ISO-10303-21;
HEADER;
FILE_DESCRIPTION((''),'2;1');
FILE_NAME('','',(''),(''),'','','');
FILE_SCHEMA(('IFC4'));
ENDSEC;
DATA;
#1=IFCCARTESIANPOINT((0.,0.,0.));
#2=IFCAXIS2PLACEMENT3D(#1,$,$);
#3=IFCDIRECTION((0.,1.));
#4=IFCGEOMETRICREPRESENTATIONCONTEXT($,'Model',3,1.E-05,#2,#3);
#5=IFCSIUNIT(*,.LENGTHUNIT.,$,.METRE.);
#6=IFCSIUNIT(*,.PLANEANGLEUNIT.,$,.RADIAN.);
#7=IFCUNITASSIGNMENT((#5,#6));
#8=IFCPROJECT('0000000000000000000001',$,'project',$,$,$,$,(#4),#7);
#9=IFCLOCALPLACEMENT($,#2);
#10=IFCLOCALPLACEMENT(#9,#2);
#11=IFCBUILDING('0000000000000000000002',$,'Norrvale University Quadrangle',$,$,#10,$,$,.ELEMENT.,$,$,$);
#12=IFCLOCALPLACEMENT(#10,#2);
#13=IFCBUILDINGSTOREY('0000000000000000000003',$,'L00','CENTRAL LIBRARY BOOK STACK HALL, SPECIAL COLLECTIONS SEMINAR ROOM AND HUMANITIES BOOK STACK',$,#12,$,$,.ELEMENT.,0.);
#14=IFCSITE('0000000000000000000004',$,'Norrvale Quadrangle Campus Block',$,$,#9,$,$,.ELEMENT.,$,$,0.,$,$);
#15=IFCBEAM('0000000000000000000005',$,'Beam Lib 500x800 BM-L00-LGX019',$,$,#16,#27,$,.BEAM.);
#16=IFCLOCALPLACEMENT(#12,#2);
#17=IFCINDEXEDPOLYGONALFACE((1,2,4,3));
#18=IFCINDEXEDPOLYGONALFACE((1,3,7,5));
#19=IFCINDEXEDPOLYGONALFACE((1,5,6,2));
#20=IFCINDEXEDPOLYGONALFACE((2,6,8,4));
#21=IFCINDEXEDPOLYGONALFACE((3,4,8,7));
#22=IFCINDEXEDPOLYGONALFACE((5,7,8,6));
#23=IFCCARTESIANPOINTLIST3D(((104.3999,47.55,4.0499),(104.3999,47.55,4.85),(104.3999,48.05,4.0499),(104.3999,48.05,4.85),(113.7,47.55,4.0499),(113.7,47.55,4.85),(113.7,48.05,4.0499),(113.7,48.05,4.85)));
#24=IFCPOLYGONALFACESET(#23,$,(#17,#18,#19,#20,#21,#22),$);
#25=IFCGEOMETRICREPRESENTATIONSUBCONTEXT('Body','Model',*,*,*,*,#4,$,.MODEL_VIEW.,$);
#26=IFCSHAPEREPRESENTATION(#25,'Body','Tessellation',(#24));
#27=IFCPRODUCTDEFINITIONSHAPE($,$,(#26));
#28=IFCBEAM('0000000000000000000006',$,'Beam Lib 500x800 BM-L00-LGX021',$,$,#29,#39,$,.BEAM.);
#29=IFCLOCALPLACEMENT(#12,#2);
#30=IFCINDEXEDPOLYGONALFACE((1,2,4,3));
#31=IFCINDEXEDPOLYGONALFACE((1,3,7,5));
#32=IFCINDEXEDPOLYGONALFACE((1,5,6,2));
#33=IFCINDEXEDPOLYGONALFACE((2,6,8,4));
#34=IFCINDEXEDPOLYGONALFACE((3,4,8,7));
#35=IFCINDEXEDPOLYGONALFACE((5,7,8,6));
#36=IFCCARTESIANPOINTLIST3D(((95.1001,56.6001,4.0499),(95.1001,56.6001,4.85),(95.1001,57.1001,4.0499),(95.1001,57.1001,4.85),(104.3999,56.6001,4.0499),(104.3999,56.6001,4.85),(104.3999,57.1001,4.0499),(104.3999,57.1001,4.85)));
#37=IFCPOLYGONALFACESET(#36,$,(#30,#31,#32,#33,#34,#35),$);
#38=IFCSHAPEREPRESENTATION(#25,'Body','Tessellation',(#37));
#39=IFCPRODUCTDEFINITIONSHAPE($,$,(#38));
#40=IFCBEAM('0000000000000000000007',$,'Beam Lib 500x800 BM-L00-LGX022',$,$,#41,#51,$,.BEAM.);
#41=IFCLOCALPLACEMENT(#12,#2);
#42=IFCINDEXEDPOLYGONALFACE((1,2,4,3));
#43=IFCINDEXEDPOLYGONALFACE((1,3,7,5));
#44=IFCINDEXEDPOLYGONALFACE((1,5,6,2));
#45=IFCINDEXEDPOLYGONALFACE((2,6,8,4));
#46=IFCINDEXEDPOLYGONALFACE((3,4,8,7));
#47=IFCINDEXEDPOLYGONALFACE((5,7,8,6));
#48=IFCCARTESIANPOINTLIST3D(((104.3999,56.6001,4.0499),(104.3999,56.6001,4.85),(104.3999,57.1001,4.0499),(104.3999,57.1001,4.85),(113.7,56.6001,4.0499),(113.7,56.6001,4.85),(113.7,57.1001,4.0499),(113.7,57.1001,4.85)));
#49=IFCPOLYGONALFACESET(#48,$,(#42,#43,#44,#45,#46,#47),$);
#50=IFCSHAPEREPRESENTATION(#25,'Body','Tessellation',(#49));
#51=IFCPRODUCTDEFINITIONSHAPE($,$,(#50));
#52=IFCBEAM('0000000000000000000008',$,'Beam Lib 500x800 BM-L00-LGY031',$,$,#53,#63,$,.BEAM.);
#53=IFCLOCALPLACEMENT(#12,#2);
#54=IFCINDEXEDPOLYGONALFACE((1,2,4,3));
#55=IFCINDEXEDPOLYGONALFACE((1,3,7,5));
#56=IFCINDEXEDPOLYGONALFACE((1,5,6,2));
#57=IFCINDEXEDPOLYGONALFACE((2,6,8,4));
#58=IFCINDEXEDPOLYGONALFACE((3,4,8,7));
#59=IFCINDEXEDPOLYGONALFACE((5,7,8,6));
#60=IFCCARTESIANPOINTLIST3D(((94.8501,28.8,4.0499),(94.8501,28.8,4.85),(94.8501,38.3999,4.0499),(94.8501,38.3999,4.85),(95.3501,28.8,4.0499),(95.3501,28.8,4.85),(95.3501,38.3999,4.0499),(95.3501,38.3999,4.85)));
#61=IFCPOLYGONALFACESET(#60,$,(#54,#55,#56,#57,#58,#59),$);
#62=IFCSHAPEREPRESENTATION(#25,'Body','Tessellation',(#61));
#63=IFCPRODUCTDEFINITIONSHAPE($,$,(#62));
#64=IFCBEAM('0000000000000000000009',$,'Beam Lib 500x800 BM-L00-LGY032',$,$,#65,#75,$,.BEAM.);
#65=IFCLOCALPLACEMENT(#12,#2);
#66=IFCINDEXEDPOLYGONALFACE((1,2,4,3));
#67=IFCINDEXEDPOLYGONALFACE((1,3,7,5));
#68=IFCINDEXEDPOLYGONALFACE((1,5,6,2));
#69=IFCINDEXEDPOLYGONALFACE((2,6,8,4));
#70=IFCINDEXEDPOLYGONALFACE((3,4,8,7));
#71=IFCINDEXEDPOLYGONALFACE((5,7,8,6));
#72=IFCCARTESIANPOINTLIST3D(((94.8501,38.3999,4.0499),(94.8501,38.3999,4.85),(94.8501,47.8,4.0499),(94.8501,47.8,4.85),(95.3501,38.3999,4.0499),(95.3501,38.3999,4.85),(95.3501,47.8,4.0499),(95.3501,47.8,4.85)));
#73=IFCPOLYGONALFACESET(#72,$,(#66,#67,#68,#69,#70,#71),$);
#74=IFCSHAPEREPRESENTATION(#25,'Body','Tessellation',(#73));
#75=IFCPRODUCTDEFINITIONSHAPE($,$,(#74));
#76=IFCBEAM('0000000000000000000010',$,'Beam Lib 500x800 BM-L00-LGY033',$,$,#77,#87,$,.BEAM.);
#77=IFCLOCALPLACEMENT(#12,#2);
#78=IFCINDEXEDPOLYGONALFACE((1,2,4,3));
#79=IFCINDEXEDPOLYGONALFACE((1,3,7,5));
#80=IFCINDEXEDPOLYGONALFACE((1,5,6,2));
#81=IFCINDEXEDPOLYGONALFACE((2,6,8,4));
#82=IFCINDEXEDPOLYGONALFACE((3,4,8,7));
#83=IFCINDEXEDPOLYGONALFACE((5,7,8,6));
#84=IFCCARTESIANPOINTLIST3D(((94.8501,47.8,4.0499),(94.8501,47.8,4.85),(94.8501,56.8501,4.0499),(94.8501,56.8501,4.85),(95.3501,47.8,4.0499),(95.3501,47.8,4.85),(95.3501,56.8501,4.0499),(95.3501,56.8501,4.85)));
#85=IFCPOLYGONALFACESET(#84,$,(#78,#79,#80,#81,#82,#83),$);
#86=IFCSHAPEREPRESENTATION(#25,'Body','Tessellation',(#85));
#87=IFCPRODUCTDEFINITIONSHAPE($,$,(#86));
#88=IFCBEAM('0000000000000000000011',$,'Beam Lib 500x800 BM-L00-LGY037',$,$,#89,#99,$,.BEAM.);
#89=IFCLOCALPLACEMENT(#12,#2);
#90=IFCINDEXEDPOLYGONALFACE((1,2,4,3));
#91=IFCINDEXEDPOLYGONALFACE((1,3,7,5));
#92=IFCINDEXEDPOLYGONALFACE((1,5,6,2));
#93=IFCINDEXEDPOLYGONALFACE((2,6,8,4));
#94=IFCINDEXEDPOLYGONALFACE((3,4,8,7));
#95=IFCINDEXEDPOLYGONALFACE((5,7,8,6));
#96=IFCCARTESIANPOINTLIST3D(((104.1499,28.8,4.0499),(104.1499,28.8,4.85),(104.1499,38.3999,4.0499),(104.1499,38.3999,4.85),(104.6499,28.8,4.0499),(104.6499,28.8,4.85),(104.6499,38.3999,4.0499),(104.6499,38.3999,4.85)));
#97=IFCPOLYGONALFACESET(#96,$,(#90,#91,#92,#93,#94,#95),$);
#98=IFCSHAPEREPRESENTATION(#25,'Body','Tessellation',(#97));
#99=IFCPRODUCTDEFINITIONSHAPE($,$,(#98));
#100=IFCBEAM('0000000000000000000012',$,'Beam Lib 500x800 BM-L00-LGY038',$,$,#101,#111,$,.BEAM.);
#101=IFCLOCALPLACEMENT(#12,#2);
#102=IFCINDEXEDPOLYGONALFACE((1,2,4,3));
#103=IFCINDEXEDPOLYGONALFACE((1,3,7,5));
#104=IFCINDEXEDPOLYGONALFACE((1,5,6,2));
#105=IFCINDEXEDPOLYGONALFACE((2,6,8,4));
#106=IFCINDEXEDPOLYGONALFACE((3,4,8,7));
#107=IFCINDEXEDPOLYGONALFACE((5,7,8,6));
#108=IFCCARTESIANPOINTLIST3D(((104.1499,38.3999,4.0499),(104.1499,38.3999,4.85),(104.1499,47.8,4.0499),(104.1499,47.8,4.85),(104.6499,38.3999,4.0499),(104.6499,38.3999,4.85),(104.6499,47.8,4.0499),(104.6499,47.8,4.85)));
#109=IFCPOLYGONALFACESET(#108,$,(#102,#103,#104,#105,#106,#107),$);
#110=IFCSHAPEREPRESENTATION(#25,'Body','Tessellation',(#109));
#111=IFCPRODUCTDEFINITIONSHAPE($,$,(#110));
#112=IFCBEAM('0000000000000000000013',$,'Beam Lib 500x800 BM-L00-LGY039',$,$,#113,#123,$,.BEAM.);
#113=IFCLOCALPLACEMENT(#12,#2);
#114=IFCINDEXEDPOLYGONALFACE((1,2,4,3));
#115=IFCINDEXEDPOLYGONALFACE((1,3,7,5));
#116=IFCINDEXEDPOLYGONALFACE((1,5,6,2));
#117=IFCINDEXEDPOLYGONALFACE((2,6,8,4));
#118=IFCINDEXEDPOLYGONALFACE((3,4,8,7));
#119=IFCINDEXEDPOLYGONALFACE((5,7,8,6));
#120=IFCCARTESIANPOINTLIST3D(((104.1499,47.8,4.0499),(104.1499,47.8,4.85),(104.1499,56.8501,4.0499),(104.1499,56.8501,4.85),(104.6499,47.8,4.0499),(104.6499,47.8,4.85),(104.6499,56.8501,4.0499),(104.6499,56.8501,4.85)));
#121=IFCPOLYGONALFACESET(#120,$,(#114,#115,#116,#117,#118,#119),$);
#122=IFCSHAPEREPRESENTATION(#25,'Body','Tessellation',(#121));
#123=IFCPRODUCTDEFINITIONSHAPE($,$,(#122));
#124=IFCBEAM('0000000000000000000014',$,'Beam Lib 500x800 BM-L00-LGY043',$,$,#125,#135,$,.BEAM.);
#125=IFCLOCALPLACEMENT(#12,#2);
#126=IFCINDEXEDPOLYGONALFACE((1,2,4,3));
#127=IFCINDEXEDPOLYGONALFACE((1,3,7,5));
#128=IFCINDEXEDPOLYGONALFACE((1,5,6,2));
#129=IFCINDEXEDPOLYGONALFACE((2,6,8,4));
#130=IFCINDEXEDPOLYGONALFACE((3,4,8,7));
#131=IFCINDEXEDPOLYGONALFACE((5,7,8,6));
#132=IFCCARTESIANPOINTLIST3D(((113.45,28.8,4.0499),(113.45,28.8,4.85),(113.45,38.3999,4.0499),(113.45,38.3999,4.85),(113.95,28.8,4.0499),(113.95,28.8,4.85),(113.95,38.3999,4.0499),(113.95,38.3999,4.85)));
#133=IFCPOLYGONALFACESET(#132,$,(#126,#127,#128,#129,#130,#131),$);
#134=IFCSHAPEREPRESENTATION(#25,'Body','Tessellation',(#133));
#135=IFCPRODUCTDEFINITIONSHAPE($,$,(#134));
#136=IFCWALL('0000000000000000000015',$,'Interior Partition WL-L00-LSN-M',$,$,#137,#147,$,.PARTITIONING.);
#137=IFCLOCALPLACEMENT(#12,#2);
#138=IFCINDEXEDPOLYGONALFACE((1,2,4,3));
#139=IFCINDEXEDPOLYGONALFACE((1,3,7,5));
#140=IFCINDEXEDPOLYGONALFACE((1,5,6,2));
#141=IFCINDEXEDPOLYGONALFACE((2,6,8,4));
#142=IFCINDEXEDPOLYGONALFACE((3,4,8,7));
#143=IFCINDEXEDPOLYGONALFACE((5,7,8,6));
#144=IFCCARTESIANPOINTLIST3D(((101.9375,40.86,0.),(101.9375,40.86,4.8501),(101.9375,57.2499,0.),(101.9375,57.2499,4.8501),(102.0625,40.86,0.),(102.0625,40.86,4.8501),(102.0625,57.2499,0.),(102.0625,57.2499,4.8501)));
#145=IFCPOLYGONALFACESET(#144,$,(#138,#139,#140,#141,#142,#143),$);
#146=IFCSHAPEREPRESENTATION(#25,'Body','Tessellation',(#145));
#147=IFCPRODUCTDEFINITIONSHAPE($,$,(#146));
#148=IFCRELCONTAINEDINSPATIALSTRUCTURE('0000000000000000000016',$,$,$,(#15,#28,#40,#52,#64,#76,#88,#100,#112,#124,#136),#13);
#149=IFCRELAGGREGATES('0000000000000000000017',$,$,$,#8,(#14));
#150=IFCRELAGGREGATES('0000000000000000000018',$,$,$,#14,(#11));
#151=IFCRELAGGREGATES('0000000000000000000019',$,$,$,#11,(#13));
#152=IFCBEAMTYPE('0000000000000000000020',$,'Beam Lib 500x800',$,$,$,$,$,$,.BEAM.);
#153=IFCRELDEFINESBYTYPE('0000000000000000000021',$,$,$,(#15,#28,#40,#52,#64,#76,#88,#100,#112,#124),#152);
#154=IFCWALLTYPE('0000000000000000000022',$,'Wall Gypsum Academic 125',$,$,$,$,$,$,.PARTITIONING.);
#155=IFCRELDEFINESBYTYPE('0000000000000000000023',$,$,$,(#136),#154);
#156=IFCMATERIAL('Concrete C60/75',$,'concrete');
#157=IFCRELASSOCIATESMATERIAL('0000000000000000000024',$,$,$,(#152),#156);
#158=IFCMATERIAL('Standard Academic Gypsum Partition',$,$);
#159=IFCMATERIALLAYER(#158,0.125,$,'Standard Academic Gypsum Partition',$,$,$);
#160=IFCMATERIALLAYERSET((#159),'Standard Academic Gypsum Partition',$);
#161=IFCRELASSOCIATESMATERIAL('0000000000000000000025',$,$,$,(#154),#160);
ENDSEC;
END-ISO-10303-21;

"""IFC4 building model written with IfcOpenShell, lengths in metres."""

from ifc_helpers import new_model, si_unit, direction, frame, frame_2d, origin, origin_2d, place, context, subcontext, project, spatial, rectangle, extrude, material, layer, layer_set, material_profile, profile_set, type_object, element, save


model = new_model("IFC4")

# Units and contexts
model_context = context("Model", 3, precision=1e-05, world=origin(), true_north=direction((0.0, 1.0)))
body_context = subcontext(model_context, "Body", "Model", "MODEL_VIEW")
ifc_project = project(units=[si_unit("LENGTHUNIT", "METRE"), si_unit("PLANEANGLEUNIT", "RADIAN")], contexts=[model_context])

# Site, building, storey
site_placement = place(None, origin())
site = spatial("IfcSite", under=ifc_project, at=site_placement, Name="Norrvale Quadrangle Campus Block", CompositionType="ELEMENT", RefElevation=0.0)
building_placement = place(site_placement, origin())
building = spatial("IfcBuilding", under=site, at=building_placement, Name="Norrvale University Quadrangle", CompositionType="ELEMENT")
storey_placement = place(building_placement, origin())
storey = spatial("IfcBuildingStorey", under=building, at=storey_placement, Name="L00", Description="CENTRAL LIBRARY BOOK STACK HALL, SPECIAL COLLECTIONS SEMINAR ROOM AND HUMANITIES BOOK STACK", CompositionType="ELEMENT", Elevation=0.0)

# Shared definitions
ifc_material_1 = material(Name="Concrete C60/75", Category="concrete")

# Beams
ifc_material_profile_1 = material_profile(ifc_material_1, rectangle(XDim=0.5, YDim=0.8, at=origin_2d()), Name="Concrete C60/75")
ifc_profile_set_1 = profile_set([ifc_material_profile_1], Name="Concrete C60/75")
beam_type_1 = type_object("IfcBeamType", Name="Beam Lib 500x800", PredefinedType="BEAM", material=ifc_profile_set_1)
beam_1_placement = place(storey_placement, frame((104.3999, 47.8, 4.45), z_axis=(1.0, 0.0, 0.0), x_axis=(0.0, 1.0, 0.0)))
element("IfcBeam", 1, at=beam_1_placement, inside=storey, type_object=beam_type_1, Name="Beam Lib 500x800 BM-L00-LGX019", PredefinedType="BEAM", context=body_context, shape_type="SweptSolid", body=[
    extrude(rectangle(XDim=0.5, YDim=0.8, at=origin_2d()), origin(), (0.0, 0.0, 1.0), 9.3),
])
beam_2_placement = place(storey_placement, frame((95.1001, 56.8501, 4.45), z_axis=(1.0, 0.0, 0.0), x_axis=(0.0, 1.0, 0.0)))
element("IfcBeam", 2, at=beam_2_placement, inside=storey, type_object=beam_type_1, Name="Beam Lib 500x800 BM-L00-LGX021", PredefinedType="BEAM", context=body_context, shape_type="SweptSolid", body=[
    extrude(rectangle(XDim=0.5, YDim=0.8, at=origin_2d()), origin(), (0.0, 0.0, 1.0), 9.2998),
])
beam_3_placement = place(storey_placement, frame((104.3999, 56.8501, 4.45), z_axis=(1.0, 0.0, 0.0), x_axis=(0.0, 1.0, 0.0)))
element("IfcBeam", 3, at=beam_3_placement, inside=storey, type_object=beam_type_1, Name="Beam Lib 500x800 BM-L00-LGX022", PredefinedType="BEAM", context=body_context, shape_type="SweptSolid", body=[
    extrude(rectangle(XDim=0.5, YDim=0.8, at=origin_2d()), origin(), (0.0, 0.0, 1.0), 9.3),
])
beam_4_placement = place(storey_placement, frame((95.1001, 28.8, 4.45), z_axis=(0.0, 1.0, 0.0), x_axis=(-1.0, 0.0, 0.0)))
element("IfcBeam", 4, at=beam_4_placement, inside=storey, type_object=beam_type_1, Name="Beam Lib 500x800 BM-L00-LGY031", PredefinedType="BEAM", context=body_context, shape_type="SweptSolid", body=[
    extrude(rectangle(XDim=0.5, YDim=0.8, at=origin_2d()), origin(), (0.0, 0.0, 1.0), 9.5999),
])
beam_5_placement = place(storey_placement, frame((95.1001, 38.3999, 4.45), z_axis=(0.0, 1.0, 0.0), x_axis=(-1.0, 0.0, 0.0)))
element("IfcBeam", 5, at=beam_5_placement, inside=storey, type_object=beam_type_1, Name="Beam Lib 500x800 BM-L00-LGY032", PredefinedType="BEAM", context=body_context, shape_type="SweptSolid", body=[
    extrude(rectangle(XDim=0.5, YDim=0.8, at=origin_2d()), origin(), (0.0, 0.0, 1.0), 9.4001),
])
beam_6_placement = place(storey_placement, frame((95.1001, 47.8, 4.45), z_axis=(0.0, 1.0, 0.0), x_axis=(-1.0, 0.0, 0.0)))
element("IfcBeam", 6, at=beam_6_placement, inside=storey, type_object=beam_type_1, Name="Beam Lib 500x800 BM-L00-LGY033", PredefinedType="BEAM", context=body_context, shape_type="SweptSolid", body=[
    extrude(rectangle(XDim=0.5, YDim=0.8, at=origin_2d()), origin(), (0.0, 0.0, 1.0), 9.05),
])
beam_7_placement = place(storey_placement, frame((104.3999, 28.8, 4.45), z_axis=(0.0, 1.0, 0.0), x_axis=(-1.0, 0.0, 0.0)))
element("IfcBeam", 7, at=beam_7_placement, inside=storey, type_object=beam_type_1, Name="Beam Lib 500x800 BM-L00-LGY037", PredefinedType="BEAM", context=body_context, shape_type="SweptSolid", body=[
    extrude(rectangle(XDim=0.5, YDim=0.8, at=origin_2d()), origin(), (0.0, 0.0, 1.0), 9.5999),
])
beam_8_placement = place(storey_placement, frame((104.3999, 38.3999, 4.45), z_axis=(0.0, 1.0, 0.0), x_axis=(-1.0, 0.0, 0.0)))
element("IfcBeam", 8, at=beam_8_placement, inside=storey, type_object=beam_type_1, Name="Beam Lib 500x800 BM-L00-LGY038", PredefinedType="BEAM", context=body_context, shape_type="SweptSolid", body=[
    extrude(rectangle(XDim=0.5, YDim=0.8, at=origin_2d()), origin(), (0.0, 0.0, 1.0), 9.4001),
])
beam_9_placement = place(storey_placement, frame((104.3999, 47.8, 4.45), z_axis=(0.0, 1.0, 0.0), x_axis=(-1.0, 0.0, 0.0)))
element("IfcBeam", 9, at=beam_9_placement, inside=storey, type_object=beam_type_1, Name="Beam Lib 500x800 BM-L00-LGY039", PredefinedType="BEAM", context=body_context, shape_type="SweptSolid", body=[
    extrude(rectangle(XDim=0.5, YDim=0.8, at=origin_2d()), origin(), (0.0, 0.0, 1.0), 9.05),
])
beam_10_placement = place(storey_placement, frame((113.7, 28.8, 4.45), z_axis=(0.0, 1.0, 0.0), x_axis=(-1.0, 0.0, 0.0)))
element("IfcBeam", 10, at=beam_10_placement, inside=storey, type_object=beam_type_1, Name="Beam Lib 500x800 BM-L00-LGY043", PredefinedType="BEAM", context=body_context, shape_type="SweptSolid", body=[
    extrude(rectangle(XDim=0.5, YDim=0.8, at=origin_2d()), origin(), (0.0, 0.0, 1.0), 9.5999),
])

# Wall
ifc_material_2 = material(Name="Standard Academic Gypsum Partition")
ifc_layer = layer(ifc_material_2, 0.125, Name="Standard Academic Gypsum Partition")
ifc_layer_set = layer_set([ifc_layer], Name="Standard Academic Gypsum Partition")
wall_type = type_object("IfcWallType", Name="Wall Gypsum Academic 125", PredefinedType="PARTITIONING", material=ifc_layer_set)
wall_placement = place(storey_placement, frame((102.0, 40.8601, 0.0), z_axis=(0.0, 0.0, 1.0), x_axis=(0.0, 1.0, 0.0)))
element("IfcWall", 11, at=wall_placement, inside=storey, type_object=wall_type, Name="Interior Partition WL-L00-LSN-M", PredefinedType="PARTITIONING", context=body_context, shape_type="SweptSolid", body=[
    extrude(rectangle(XDim=16.3899, YDim=0.125, at=frame_2d((8.1948, 0.0))), origin(), (0.0, 0.0, 1.0), 4.8501),
])

save(model, "model.ifc")
